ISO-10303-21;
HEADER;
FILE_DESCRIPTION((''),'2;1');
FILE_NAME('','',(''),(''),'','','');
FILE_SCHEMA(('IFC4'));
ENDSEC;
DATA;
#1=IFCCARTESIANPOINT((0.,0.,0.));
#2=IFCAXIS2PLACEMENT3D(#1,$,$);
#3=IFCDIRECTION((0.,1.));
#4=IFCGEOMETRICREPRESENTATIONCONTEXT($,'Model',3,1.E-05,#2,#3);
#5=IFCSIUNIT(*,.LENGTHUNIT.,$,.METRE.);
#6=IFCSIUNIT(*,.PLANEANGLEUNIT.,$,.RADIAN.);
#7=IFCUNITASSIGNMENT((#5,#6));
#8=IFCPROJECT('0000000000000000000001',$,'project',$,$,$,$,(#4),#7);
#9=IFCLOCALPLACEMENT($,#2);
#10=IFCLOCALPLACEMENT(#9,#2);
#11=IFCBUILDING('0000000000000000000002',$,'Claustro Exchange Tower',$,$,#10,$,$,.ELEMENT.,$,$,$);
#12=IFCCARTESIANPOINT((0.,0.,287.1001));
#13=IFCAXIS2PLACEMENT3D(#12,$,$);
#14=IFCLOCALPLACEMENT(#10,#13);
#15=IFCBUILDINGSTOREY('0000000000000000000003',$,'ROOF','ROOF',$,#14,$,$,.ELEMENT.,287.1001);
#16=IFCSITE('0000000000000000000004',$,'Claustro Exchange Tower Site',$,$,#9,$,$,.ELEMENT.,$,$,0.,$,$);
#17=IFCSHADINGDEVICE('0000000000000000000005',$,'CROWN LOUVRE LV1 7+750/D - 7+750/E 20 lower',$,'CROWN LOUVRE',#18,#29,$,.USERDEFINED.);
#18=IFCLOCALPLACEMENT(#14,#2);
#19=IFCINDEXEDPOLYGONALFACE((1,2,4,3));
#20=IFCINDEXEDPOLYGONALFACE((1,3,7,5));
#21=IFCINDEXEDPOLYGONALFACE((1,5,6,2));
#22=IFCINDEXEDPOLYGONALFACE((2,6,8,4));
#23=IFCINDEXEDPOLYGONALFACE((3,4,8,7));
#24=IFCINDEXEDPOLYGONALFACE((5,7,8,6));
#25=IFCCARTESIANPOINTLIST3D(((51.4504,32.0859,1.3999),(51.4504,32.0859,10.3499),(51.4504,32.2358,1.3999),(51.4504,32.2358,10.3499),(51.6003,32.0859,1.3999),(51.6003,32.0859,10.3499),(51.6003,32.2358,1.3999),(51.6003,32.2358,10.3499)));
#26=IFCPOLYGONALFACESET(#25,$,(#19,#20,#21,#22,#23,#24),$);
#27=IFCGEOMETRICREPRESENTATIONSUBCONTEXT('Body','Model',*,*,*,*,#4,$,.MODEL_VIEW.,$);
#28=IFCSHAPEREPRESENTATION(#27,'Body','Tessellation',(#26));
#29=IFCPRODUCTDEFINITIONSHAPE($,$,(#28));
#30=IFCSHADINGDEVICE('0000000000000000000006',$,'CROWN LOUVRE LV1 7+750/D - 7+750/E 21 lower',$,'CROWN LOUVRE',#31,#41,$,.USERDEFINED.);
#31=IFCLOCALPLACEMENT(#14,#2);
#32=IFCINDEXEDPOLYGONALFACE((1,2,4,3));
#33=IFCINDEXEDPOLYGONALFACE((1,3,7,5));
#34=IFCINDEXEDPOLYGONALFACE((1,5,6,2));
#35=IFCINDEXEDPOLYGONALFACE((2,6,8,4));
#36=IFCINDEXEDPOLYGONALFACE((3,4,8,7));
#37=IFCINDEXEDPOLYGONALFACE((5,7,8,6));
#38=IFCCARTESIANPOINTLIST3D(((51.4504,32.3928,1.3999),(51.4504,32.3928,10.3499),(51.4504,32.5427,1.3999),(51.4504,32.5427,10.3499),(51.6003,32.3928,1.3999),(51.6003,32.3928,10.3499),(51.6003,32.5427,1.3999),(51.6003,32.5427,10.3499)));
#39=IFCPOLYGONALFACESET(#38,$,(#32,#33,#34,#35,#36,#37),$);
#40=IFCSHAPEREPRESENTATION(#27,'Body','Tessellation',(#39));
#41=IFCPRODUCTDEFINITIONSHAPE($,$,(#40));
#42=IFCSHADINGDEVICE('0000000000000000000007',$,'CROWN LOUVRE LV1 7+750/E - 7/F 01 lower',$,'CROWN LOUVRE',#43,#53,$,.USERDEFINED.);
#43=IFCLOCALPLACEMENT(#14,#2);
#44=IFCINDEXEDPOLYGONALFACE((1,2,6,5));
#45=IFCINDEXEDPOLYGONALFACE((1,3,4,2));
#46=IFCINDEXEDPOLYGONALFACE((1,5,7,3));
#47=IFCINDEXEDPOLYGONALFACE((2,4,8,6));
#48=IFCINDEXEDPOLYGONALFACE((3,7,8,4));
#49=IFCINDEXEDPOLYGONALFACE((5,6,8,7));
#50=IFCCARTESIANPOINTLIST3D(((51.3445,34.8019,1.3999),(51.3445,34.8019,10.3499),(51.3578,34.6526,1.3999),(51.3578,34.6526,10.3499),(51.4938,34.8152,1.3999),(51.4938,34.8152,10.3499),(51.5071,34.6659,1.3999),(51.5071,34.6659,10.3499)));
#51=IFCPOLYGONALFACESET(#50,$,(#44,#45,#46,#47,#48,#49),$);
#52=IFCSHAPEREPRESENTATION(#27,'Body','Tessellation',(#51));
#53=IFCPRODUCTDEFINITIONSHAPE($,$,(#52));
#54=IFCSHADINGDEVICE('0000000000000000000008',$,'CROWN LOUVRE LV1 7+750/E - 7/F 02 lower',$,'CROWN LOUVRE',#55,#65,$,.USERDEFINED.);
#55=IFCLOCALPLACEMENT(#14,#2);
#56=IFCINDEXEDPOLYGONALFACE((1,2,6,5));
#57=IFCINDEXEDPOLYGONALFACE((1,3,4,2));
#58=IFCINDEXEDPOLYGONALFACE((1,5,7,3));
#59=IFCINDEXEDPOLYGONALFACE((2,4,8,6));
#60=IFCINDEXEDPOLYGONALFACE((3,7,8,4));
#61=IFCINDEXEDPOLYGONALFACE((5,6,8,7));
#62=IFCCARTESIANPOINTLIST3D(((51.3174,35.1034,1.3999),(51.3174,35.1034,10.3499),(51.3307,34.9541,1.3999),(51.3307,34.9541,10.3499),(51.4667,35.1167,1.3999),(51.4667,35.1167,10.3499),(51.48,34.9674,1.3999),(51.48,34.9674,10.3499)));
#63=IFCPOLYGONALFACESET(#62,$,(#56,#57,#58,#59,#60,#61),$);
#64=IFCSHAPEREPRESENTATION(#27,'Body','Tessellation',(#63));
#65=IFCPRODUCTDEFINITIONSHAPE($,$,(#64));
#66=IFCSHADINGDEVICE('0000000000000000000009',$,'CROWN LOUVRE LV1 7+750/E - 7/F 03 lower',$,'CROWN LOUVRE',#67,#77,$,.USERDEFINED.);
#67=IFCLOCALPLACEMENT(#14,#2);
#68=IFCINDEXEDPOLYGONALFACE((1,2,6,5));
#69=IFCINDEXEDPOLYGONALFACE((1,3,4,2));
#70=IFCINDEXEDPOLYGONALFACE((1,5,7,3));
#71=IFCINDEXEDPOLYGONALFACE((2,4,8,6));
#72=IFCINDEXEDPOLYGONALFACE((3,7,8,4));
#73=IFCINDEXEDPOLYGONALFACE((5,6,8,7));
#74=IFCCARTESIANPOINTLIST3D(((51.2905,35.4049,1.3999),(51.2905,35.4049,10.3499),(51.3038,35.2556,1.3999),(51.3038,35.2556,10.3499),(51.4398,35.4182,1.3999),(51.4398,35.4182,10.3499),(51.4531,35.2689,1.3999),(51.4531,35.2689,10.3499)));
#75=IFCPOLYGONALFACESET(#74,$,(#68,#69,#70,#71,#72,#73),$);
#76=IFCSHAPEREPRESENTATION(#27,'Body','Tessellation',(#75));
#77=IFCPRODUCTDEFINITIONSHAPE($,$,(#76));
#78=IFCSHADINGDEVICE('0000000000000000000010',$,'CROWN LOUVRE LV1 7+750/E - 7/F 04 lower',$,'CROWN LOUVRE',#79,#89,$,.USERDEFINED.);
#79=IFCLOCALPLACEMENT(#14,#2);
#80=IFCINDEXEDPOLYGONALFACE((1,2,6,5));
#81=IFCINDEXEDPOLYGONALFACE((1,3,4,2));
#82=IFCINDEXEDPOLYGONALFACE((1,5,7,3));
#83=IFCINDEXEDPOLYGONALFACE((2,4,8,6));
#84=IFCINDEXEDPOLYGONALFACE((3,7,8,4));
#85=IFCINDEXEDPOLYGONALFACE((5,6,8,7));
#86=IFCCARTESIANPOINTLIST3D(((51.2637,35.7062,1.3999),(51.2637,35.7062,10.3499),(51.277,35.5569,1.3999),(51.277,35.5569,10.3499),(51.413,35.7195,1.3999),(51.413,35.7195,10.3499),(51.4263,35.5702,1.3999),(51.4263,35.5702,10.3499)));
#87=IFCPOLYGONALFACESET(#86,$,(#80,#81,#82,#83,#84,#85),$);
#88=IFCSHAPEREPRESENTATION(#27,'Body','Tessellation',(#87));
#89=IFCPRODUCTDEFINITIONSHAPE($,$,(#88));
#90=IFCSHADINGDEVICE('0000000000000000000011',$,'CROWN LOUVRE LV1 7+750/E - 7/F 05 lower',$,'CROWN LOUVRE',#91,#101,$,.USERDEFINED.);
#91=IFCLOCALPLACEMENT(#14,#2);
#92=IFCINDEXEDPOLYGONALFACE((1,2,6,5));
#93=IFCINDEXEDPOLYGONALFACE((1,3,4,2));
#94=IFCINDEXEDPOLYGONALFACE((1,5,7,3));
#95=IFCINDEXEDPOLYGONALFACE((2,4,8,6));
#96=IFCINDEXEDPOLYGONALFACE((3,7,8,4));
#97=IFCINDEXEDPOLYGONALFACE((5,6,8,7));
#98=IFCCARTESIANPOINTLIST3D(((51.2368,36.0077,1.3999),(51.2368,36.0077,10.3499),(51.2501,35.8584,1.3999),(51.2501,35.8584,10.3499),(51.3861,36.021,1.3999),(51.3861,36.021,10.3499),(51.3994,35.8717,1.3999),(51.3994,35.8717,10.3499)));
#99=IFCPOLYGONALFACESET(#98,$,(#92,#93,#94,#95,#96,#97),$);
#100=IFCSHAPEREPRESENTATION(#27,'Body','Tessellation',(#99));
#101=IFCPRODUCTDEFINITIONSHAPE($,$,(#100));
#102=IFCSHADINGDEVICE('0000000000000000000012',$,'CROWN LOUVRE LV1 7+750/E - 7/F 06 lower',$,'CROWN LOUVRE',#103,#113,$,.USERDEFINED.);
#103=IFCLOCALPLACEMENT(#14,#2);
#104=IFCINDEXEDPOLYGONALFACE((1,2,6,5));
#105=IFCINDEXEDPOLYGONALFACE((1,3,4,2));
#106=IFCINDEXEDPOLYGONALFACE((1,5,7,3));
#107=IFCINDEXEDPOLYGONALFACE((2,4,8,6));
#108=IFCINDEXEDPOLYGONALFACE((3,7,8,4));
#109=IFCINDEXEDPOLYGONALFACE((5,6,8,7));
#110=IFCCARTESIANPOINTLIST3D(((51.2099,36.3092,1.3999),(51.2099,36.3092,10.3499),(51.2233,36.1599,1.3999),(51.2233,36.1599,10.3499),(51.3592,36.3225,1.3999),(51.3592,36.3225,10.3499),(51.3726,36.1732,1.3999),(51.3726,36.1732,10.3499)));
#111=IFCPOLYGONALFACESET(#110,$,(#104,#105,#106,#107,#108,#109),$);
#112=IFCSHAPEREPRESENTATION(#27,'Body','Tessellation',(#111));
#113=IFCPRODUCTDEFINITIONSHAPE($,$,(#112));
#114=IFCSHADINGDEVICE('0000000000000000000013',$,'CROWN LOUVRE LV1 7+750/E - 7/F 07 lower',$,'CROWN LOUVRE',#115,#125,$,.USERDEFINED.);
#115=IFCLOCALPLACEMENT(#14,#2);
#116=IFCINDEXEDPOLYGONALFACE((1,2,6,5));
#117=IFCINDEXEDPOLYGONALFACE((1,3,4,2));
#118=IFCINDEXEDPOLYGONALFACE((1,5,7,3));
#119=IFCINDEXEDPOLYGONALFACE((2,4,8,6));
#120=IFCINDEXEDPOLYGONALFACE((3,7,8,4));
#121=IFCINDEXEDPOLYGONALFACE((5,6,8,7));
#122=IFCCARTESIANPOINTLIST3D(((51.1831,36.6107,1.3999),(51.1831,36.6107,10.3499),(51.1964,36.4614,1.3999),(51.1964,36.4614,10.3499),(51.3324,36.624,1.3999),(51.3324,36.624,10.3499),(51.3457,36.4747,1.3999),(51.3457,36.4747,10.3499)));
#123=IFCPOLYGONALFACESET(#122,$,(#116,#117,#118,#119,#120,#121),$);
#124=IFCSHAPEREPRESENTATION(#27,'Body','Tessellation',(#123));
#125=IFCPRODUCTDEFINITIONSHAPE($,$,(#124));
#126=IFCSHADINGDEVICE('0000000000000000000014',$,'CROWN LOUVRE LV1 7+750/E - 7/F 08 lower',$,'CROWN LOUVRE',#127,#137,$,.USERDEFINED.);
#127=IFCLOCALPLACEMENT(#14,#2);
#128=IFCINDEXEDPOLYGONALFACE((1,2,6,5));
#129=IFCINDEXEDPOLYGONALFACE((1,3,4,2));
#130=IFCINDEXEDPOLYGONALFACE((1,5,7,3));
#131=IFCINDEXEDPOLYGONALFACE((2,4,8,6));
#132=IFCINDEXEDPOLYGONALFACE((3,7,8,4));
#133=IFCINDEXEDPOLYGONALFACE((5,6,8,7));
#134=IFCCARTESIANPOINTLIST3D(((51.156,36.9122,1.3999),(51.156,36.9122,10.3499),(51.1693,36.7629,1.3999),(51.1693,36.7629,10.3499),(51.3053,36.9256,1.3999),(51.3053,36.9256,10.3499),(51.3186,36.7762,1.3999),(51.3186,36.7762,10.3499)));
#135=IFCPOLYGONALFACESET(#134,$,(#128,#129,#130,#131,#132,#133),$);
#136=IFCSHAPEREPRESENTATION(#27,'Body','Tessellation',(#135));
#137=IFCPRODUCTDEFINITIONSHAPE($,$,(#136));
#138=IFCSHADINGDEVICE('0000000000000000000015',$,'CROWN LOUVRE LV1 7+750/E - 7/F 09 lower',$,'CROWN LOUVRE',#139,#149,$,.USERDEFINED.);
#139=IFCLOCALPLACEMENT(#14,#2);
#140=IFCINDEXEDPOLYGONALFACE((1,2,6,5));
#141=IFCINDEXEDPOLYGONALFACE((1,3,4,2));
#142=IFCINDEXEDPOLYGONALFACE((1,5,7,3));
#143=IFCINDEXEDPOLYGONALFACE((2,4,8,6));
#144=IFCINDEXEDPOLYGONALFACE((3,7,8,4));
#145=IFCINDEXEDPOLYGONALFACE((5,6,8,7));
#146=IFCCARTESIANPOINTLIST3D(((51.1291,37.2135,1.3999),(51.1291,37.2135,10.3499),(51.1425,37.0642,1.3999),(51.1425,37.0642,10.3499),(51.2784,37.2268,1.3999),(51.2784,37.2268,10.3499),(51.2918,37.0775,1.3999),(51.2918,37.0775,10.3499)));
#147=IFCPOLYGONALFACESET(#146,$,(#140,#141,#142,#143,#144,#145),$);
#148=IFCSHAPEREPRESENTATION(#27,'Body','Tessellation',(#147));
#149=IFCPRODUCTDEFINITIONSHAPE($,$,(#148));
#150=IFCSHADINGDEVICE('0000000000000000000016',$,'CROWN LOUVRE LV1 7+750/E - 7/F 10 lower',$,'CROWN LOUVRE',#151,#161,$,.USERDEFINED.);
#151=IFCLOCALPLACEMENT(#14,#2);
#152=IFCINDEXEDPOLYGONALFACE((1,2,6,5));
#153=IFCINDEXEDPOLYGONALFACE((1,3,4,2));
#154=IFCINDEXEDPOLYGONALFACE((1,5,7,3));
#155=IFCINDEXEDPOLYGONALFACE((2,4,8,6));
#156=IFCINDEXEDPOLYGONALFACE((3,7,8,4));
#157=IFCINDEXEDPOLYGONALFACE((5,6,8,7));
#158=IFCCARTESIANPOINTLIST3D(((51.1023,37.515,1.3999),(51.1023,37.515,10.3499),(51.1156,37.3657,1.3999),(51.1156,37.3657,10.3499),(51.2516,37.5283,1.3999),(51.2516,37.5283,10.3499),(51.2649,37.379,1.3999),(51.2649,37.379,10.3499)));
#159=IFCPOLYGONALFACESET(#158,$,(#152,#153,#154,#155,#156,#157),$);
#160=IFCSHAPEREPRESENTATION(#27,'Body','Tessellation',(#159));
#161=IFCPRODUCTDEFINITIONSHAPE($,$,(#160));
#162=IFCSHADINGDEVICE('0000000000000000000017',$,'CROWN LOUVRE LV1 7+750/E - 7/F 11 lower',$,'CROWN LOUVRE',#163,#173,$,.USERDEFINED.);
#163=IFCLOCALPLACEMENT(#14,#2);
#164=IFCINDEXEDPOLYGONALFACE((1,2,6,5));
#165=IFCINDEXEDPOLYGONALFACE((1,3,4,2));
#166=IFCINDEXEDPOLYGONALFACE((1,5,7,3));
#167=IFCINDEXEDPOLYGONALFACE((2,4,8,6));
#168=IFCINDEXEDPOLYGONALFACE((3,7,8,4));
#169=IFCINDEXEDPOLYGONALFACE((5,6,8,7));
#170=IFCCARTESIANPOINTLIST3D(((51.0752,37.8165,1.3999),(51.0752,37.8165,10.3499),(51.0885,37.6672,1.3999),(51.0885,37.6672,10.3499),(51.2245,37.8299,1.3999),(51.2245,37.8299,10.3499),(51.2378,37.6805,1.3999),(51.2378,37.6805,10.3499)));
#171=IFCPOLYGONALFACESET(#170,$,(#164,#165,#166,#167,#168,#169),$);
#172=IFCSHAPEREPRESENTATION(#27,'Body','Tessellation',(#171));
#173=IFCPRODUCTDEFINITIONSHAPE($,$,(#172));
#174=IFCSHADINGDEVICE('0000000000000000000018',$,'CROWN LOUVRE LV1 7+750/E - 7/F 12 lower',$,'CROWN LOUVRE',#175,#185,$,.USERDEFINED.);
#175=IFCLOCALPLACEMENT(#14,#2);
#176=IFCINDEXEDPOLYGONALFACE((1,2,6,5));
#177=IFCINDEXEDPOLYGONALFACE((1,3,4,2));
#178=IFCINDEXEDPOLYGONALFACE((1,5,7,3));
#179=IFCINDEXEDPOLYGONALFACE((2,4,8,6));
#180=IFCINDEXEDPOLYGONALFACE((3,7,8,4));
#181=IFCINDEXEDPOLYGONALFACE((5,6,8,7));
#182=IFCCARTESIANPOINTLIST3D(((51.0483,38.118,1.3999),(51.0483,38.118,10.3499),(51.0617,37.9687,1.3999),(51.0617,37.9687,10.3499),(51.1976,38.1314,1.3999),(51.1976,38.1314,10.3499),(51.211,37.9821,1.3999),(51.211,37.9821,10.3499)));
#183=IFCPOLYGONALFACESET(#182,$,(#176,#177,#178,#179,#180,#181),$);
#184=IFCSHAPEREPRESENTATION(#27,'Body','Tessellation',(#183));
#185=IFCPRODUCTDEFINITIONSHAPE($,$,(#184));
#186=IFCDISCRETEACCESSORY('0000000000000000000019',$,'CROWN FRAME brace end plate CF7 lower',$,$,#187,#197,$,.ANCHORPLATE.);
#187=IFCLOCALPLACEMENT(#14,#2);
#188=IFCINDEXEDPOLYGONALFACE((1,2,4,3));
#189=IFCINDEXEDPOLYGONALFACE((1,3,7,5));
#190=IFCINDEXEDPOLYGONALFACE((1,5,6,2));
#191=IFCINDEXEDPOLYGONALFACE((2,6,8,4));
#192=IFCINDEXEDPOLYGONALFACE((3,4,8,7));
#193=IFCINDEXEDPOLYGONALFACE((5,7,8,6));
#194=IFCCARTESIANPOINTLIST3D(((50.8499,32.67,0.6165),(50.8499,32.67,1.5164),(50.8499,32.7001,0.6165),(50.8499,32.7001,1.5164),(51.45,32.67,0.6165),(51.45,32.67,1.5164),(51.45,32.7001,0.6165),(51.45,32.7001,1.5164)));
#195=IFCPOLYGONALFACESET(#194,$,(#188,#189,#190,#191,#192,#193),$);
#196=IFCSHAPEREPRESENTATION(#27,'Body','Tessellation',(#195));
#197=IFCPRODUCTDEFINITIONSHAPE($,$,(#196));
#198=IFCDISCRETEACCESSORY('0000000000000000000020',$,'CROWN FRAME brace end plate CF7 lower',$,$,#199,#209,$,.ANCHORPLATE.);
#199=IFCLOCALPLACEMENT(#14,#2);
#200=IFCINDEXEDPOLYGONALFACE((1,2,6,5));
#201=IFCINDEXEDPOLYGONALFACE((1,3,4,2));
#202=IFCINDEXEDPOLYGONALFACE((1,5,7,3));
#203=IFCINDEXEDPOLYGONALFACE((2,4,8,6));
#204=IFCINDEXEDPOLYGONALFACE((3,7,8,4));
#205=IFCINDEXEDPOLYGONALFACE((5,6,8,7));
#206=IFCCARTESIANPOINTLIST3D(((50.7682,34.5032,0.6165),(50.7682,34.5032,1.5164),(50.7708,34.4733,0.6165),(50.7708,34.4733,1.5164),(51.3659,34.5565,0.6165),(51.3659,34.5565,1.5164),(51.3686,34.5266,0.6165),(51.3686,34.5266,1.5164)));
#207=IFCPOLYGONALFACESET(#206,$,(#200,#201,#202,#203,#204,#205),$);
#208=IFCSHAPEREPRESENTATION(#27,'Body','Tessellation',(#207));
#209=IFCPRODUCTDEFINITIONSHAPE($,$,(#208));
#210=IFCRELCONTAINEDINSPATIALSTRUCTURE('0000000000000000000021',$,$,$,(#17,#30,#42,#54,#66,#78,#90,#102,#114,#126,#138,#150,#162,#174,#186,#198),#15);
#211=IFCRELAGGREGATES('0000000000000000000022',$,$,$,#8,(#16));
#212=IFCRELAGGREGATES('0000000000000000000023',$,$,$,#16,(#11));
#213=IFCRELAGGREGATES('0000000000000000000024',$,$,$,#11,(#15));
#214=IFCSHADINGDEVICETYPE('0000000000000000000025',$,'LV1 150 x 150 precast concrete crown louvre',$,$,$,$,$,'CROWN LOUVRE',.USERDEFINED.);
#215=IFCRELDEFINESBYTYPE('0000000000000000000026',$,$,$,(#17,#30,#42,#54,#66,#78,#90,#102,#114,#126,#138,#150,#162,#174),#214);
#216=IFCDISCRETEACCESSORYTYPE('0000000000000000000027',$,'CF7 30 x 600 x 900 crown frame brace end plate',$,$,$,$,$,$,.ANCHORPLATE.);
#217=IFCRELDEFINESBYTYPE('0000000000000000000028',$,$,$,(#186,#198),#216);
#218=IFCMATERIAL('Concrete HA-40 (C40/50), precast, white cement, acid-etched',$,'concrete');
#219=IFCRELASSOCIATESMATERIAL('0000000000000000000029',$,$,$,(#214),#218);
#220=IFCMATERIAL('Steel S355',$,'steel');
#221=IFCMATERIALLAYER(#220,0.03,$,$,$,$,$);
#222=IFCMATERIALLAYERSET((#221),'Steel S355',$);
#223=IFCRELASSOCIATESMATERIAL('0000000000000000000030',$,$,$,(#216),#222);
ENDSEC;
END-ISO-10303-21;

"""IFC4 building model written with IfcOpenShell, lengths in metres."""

from ifc_helpers import new_model, si_unit, direction, frame, origin, origin_2d, place, context, subcontext, project, spatial, rectangle, extrude, material, layer, layer_set, type_object, element, save


model = new_model("IFC4")

# Units and contexts
model_context = context("Model", 3, precision=1e-05, world=origin(), true_north=direction((0.0, 1.0)))
body_context = subcontext(model_context, "Body", "Model", "MODEL_VIEW")
ifc_project = project(units=[si_unit("LENGTHUNIT", "METRE"), si_unit("PLANEANGLEUNIT", "RADIAN")], contexts=[model_context])

# Site, building, storey
site_placement = place(None, origin())
site = spatial("IfcSite", under=ifc_project, at=site_placement, Name="Claustro Exchange Tower Site", CompositionType="ELEMENT", RefElevation=0.0)
building_placement = place(site_placement, origin())
building = spatial("IfcBuilding", under=site, at=building_placement, Name="Claustro Exchange Tower", CompositionType="ELEMENT")
storey_placement = place(building_placement, frame((0.0, 0.0, 287.1001)))
storey = spatial("IfcBuildingStorey", under=building, at=storey_placement, Name="ROOF", Description="ROOF", CompositionType="ELEMENT", Elevation=287.1001)

# Shading devices
ifc_material_1 = material(Name="Concrete HA-40 (C40/50), precast, white cement, acid-etched", Category="concrete")
shading_device_type = type_object("IfcShadingDeviceType", Name="LV1 150 x 150 precast concrete crown louvre", ElementType="CROWN LOUVRE", PredefinedType="USERDEFINED", material=ifc_material_1)
for number, where, z_axis, x_axis, name in (
    (1, (51.5254, 32.1609, 1.3999), (0.0, 0.0, 1.0), (0.0, 1.0, 0.0), "CROWN LOUVRE LV1 7+750/D - 7+750/E 20 lower"),
    (2, (51.5254, 32.4678, 1.3999), (0.0, 0.0, 1.0), (0.0, 1.0, 0.0), "CROWN LOUVRE LV1 7+750/D - 7+750/E 21 lower"),
    (3, (51.4258, 34.7339, 1.3999), (0.0, 0.0, 1.0), (-0.088933, 0.996038, 0.0), "CROWN LOUVRE LV1 7+750/E - 7/F 01 lower"),
    (4, (51.3987, 35.0354, 1.3999), (0.0, 0.0, 1.0), (-0.088933, 0.996038, 0.0), "CROWN LOUVRE LV1 7+750/E - 7/F 02 lower"),
    (5, (51.3718, 35.3369, 1.3999), (0.0, 0.0, 1.0), (-0.088933, 0.996038, 0.0), "CROWN LOUVRE LV1 7+750/E - 7/F 03 lower"),
    (6, (51.345, 35.6382, 1.3999), (0.0, 0.0, 1.0), (-0.088933, 0.996038, 0.0), "CROWN LOUVRE LV1 7+750/E - 7/F 04 lower"),
    (7, (51.3181, 35.9397, 1.3999), (0.0, 0.0, 1.0), (-0.088933, 0.996038, 0.0), "CROWN LOUVRE LV1 7+750/E - 7/F 05 lower"),
    (8, (51.2913, 36.2412, 1.3999), (0.0, 0.0, 1.0), (-0.088933, 0.996038, 0.0), "CROWN LOUVRE LV1 7+750/E - 7/F 06 lower"),
    (9, (51.2644, 36.5427, 1.3999), (0.0, 0.0, 1.0), (-0.088933, 0.996038, 0.0), "CROWN LOUVRE LV1 7+750/E - 7/F 07 lower"),
    (10, (51.2373, 36.8442, 1.3999), (0.0, 0.0, 1.0), (-0.088933, 0.996038, 0.0), "CROWN LOUVRE LV1 7+750/E - 7/F 08 lower"),
    (11, (51.2104, 37.1455, 1.3999), (0.0, 0.0, 1.0), (-0.088933, 0.996038, 0.0), "CROWN LOUVRE LV1 7+750/E - 7/F 09 lower"),
    (12, (51.1836, 37.447, 1.3999), (0.0, 0.0, 1.0), (-0.088933, 0.996038, 0.0), "CROWN LOUVRE LV1 7+750/E - 7/F 10 lower"),
    (13, (51.1565, 37.7485, 1.3999), (0.0, 0.0, 1.0), (-0.088933, 0.996038, 0.0), "CROWN LOUVRE LV1 7+750/E - 7/F 11 lower"),
    (14, (51.1296, 38.05, 1.3999), (0.0, 0.0, 1.0), (-0.088933, 0.996038, 0.0), "CROWN LOUVRE LV1 7+750/E - 7/F 12 lower"),
):
    element("IfcShadingDevice", number, at=place(storey_placement, frame(where, z_axis=z_axis, x_axis=x_axis)), inside=storey, type_object=shading_device_type, Name=name, ObjectType="CROWN LOUVRE", PredefinedType="USERDEFINED", context=body_context, shape_type="SweptSolid", body=[
        extrude(rectangle(XDim=0.1499, YDim=0.1499, at=origin_2d()), origin(), (0.0, 0.0, 1.0), 8.95),
    ])

# Discrete accessories
ifc_material_2 = material(Name="Steel S355", Category="steel")
ifc_layer_1 = layer(ifc_material_2, 0.03)
ifc_layer_set_1 = layer_set([ifc_layer_1], Name="Steel S355")
discrete_accessory_type = type_object("IfcDiscreteAccessoryType", Name="CF7 30 x 600 x 900 crown frame brace end plate", PredefinedType="ANCHORPLATE", material=ifc_layer_set_1)
for number, where, z_axis, x_axis, name in (
    (15, (51.1499, 32.6851, 0.6165), (0.0, 0.0, 1.0), (0.0, -1.0, 0.0), "CROWN FRAME brace end plate CF7 lower"),
    (16, (51.0684, 34.5149, 0.6165), (0.0, 0.0, 1.0), (-0.088933, 0.996038, 0.0), "CROWN FRAME brace end plate CF7 lower"),
):
    element("IfcDiscreteAccessory", number, at=place(storey_placement, frame(where, z_axis=z_axis, x_axis=x_axis)), inside=storey, type_object=discrete_accessory_type, Name=name, PredefinedType="ANCHORPLATE", context=body_context, shape_type="SweptSolid", body=[
        extrude(rectangle(XDim=0.03, YDim=0.6001, at=origin_2d()), origin(), (0.0, 0.0, 1.0), 0.8999),
    ])

save(model, "model.ifc")
